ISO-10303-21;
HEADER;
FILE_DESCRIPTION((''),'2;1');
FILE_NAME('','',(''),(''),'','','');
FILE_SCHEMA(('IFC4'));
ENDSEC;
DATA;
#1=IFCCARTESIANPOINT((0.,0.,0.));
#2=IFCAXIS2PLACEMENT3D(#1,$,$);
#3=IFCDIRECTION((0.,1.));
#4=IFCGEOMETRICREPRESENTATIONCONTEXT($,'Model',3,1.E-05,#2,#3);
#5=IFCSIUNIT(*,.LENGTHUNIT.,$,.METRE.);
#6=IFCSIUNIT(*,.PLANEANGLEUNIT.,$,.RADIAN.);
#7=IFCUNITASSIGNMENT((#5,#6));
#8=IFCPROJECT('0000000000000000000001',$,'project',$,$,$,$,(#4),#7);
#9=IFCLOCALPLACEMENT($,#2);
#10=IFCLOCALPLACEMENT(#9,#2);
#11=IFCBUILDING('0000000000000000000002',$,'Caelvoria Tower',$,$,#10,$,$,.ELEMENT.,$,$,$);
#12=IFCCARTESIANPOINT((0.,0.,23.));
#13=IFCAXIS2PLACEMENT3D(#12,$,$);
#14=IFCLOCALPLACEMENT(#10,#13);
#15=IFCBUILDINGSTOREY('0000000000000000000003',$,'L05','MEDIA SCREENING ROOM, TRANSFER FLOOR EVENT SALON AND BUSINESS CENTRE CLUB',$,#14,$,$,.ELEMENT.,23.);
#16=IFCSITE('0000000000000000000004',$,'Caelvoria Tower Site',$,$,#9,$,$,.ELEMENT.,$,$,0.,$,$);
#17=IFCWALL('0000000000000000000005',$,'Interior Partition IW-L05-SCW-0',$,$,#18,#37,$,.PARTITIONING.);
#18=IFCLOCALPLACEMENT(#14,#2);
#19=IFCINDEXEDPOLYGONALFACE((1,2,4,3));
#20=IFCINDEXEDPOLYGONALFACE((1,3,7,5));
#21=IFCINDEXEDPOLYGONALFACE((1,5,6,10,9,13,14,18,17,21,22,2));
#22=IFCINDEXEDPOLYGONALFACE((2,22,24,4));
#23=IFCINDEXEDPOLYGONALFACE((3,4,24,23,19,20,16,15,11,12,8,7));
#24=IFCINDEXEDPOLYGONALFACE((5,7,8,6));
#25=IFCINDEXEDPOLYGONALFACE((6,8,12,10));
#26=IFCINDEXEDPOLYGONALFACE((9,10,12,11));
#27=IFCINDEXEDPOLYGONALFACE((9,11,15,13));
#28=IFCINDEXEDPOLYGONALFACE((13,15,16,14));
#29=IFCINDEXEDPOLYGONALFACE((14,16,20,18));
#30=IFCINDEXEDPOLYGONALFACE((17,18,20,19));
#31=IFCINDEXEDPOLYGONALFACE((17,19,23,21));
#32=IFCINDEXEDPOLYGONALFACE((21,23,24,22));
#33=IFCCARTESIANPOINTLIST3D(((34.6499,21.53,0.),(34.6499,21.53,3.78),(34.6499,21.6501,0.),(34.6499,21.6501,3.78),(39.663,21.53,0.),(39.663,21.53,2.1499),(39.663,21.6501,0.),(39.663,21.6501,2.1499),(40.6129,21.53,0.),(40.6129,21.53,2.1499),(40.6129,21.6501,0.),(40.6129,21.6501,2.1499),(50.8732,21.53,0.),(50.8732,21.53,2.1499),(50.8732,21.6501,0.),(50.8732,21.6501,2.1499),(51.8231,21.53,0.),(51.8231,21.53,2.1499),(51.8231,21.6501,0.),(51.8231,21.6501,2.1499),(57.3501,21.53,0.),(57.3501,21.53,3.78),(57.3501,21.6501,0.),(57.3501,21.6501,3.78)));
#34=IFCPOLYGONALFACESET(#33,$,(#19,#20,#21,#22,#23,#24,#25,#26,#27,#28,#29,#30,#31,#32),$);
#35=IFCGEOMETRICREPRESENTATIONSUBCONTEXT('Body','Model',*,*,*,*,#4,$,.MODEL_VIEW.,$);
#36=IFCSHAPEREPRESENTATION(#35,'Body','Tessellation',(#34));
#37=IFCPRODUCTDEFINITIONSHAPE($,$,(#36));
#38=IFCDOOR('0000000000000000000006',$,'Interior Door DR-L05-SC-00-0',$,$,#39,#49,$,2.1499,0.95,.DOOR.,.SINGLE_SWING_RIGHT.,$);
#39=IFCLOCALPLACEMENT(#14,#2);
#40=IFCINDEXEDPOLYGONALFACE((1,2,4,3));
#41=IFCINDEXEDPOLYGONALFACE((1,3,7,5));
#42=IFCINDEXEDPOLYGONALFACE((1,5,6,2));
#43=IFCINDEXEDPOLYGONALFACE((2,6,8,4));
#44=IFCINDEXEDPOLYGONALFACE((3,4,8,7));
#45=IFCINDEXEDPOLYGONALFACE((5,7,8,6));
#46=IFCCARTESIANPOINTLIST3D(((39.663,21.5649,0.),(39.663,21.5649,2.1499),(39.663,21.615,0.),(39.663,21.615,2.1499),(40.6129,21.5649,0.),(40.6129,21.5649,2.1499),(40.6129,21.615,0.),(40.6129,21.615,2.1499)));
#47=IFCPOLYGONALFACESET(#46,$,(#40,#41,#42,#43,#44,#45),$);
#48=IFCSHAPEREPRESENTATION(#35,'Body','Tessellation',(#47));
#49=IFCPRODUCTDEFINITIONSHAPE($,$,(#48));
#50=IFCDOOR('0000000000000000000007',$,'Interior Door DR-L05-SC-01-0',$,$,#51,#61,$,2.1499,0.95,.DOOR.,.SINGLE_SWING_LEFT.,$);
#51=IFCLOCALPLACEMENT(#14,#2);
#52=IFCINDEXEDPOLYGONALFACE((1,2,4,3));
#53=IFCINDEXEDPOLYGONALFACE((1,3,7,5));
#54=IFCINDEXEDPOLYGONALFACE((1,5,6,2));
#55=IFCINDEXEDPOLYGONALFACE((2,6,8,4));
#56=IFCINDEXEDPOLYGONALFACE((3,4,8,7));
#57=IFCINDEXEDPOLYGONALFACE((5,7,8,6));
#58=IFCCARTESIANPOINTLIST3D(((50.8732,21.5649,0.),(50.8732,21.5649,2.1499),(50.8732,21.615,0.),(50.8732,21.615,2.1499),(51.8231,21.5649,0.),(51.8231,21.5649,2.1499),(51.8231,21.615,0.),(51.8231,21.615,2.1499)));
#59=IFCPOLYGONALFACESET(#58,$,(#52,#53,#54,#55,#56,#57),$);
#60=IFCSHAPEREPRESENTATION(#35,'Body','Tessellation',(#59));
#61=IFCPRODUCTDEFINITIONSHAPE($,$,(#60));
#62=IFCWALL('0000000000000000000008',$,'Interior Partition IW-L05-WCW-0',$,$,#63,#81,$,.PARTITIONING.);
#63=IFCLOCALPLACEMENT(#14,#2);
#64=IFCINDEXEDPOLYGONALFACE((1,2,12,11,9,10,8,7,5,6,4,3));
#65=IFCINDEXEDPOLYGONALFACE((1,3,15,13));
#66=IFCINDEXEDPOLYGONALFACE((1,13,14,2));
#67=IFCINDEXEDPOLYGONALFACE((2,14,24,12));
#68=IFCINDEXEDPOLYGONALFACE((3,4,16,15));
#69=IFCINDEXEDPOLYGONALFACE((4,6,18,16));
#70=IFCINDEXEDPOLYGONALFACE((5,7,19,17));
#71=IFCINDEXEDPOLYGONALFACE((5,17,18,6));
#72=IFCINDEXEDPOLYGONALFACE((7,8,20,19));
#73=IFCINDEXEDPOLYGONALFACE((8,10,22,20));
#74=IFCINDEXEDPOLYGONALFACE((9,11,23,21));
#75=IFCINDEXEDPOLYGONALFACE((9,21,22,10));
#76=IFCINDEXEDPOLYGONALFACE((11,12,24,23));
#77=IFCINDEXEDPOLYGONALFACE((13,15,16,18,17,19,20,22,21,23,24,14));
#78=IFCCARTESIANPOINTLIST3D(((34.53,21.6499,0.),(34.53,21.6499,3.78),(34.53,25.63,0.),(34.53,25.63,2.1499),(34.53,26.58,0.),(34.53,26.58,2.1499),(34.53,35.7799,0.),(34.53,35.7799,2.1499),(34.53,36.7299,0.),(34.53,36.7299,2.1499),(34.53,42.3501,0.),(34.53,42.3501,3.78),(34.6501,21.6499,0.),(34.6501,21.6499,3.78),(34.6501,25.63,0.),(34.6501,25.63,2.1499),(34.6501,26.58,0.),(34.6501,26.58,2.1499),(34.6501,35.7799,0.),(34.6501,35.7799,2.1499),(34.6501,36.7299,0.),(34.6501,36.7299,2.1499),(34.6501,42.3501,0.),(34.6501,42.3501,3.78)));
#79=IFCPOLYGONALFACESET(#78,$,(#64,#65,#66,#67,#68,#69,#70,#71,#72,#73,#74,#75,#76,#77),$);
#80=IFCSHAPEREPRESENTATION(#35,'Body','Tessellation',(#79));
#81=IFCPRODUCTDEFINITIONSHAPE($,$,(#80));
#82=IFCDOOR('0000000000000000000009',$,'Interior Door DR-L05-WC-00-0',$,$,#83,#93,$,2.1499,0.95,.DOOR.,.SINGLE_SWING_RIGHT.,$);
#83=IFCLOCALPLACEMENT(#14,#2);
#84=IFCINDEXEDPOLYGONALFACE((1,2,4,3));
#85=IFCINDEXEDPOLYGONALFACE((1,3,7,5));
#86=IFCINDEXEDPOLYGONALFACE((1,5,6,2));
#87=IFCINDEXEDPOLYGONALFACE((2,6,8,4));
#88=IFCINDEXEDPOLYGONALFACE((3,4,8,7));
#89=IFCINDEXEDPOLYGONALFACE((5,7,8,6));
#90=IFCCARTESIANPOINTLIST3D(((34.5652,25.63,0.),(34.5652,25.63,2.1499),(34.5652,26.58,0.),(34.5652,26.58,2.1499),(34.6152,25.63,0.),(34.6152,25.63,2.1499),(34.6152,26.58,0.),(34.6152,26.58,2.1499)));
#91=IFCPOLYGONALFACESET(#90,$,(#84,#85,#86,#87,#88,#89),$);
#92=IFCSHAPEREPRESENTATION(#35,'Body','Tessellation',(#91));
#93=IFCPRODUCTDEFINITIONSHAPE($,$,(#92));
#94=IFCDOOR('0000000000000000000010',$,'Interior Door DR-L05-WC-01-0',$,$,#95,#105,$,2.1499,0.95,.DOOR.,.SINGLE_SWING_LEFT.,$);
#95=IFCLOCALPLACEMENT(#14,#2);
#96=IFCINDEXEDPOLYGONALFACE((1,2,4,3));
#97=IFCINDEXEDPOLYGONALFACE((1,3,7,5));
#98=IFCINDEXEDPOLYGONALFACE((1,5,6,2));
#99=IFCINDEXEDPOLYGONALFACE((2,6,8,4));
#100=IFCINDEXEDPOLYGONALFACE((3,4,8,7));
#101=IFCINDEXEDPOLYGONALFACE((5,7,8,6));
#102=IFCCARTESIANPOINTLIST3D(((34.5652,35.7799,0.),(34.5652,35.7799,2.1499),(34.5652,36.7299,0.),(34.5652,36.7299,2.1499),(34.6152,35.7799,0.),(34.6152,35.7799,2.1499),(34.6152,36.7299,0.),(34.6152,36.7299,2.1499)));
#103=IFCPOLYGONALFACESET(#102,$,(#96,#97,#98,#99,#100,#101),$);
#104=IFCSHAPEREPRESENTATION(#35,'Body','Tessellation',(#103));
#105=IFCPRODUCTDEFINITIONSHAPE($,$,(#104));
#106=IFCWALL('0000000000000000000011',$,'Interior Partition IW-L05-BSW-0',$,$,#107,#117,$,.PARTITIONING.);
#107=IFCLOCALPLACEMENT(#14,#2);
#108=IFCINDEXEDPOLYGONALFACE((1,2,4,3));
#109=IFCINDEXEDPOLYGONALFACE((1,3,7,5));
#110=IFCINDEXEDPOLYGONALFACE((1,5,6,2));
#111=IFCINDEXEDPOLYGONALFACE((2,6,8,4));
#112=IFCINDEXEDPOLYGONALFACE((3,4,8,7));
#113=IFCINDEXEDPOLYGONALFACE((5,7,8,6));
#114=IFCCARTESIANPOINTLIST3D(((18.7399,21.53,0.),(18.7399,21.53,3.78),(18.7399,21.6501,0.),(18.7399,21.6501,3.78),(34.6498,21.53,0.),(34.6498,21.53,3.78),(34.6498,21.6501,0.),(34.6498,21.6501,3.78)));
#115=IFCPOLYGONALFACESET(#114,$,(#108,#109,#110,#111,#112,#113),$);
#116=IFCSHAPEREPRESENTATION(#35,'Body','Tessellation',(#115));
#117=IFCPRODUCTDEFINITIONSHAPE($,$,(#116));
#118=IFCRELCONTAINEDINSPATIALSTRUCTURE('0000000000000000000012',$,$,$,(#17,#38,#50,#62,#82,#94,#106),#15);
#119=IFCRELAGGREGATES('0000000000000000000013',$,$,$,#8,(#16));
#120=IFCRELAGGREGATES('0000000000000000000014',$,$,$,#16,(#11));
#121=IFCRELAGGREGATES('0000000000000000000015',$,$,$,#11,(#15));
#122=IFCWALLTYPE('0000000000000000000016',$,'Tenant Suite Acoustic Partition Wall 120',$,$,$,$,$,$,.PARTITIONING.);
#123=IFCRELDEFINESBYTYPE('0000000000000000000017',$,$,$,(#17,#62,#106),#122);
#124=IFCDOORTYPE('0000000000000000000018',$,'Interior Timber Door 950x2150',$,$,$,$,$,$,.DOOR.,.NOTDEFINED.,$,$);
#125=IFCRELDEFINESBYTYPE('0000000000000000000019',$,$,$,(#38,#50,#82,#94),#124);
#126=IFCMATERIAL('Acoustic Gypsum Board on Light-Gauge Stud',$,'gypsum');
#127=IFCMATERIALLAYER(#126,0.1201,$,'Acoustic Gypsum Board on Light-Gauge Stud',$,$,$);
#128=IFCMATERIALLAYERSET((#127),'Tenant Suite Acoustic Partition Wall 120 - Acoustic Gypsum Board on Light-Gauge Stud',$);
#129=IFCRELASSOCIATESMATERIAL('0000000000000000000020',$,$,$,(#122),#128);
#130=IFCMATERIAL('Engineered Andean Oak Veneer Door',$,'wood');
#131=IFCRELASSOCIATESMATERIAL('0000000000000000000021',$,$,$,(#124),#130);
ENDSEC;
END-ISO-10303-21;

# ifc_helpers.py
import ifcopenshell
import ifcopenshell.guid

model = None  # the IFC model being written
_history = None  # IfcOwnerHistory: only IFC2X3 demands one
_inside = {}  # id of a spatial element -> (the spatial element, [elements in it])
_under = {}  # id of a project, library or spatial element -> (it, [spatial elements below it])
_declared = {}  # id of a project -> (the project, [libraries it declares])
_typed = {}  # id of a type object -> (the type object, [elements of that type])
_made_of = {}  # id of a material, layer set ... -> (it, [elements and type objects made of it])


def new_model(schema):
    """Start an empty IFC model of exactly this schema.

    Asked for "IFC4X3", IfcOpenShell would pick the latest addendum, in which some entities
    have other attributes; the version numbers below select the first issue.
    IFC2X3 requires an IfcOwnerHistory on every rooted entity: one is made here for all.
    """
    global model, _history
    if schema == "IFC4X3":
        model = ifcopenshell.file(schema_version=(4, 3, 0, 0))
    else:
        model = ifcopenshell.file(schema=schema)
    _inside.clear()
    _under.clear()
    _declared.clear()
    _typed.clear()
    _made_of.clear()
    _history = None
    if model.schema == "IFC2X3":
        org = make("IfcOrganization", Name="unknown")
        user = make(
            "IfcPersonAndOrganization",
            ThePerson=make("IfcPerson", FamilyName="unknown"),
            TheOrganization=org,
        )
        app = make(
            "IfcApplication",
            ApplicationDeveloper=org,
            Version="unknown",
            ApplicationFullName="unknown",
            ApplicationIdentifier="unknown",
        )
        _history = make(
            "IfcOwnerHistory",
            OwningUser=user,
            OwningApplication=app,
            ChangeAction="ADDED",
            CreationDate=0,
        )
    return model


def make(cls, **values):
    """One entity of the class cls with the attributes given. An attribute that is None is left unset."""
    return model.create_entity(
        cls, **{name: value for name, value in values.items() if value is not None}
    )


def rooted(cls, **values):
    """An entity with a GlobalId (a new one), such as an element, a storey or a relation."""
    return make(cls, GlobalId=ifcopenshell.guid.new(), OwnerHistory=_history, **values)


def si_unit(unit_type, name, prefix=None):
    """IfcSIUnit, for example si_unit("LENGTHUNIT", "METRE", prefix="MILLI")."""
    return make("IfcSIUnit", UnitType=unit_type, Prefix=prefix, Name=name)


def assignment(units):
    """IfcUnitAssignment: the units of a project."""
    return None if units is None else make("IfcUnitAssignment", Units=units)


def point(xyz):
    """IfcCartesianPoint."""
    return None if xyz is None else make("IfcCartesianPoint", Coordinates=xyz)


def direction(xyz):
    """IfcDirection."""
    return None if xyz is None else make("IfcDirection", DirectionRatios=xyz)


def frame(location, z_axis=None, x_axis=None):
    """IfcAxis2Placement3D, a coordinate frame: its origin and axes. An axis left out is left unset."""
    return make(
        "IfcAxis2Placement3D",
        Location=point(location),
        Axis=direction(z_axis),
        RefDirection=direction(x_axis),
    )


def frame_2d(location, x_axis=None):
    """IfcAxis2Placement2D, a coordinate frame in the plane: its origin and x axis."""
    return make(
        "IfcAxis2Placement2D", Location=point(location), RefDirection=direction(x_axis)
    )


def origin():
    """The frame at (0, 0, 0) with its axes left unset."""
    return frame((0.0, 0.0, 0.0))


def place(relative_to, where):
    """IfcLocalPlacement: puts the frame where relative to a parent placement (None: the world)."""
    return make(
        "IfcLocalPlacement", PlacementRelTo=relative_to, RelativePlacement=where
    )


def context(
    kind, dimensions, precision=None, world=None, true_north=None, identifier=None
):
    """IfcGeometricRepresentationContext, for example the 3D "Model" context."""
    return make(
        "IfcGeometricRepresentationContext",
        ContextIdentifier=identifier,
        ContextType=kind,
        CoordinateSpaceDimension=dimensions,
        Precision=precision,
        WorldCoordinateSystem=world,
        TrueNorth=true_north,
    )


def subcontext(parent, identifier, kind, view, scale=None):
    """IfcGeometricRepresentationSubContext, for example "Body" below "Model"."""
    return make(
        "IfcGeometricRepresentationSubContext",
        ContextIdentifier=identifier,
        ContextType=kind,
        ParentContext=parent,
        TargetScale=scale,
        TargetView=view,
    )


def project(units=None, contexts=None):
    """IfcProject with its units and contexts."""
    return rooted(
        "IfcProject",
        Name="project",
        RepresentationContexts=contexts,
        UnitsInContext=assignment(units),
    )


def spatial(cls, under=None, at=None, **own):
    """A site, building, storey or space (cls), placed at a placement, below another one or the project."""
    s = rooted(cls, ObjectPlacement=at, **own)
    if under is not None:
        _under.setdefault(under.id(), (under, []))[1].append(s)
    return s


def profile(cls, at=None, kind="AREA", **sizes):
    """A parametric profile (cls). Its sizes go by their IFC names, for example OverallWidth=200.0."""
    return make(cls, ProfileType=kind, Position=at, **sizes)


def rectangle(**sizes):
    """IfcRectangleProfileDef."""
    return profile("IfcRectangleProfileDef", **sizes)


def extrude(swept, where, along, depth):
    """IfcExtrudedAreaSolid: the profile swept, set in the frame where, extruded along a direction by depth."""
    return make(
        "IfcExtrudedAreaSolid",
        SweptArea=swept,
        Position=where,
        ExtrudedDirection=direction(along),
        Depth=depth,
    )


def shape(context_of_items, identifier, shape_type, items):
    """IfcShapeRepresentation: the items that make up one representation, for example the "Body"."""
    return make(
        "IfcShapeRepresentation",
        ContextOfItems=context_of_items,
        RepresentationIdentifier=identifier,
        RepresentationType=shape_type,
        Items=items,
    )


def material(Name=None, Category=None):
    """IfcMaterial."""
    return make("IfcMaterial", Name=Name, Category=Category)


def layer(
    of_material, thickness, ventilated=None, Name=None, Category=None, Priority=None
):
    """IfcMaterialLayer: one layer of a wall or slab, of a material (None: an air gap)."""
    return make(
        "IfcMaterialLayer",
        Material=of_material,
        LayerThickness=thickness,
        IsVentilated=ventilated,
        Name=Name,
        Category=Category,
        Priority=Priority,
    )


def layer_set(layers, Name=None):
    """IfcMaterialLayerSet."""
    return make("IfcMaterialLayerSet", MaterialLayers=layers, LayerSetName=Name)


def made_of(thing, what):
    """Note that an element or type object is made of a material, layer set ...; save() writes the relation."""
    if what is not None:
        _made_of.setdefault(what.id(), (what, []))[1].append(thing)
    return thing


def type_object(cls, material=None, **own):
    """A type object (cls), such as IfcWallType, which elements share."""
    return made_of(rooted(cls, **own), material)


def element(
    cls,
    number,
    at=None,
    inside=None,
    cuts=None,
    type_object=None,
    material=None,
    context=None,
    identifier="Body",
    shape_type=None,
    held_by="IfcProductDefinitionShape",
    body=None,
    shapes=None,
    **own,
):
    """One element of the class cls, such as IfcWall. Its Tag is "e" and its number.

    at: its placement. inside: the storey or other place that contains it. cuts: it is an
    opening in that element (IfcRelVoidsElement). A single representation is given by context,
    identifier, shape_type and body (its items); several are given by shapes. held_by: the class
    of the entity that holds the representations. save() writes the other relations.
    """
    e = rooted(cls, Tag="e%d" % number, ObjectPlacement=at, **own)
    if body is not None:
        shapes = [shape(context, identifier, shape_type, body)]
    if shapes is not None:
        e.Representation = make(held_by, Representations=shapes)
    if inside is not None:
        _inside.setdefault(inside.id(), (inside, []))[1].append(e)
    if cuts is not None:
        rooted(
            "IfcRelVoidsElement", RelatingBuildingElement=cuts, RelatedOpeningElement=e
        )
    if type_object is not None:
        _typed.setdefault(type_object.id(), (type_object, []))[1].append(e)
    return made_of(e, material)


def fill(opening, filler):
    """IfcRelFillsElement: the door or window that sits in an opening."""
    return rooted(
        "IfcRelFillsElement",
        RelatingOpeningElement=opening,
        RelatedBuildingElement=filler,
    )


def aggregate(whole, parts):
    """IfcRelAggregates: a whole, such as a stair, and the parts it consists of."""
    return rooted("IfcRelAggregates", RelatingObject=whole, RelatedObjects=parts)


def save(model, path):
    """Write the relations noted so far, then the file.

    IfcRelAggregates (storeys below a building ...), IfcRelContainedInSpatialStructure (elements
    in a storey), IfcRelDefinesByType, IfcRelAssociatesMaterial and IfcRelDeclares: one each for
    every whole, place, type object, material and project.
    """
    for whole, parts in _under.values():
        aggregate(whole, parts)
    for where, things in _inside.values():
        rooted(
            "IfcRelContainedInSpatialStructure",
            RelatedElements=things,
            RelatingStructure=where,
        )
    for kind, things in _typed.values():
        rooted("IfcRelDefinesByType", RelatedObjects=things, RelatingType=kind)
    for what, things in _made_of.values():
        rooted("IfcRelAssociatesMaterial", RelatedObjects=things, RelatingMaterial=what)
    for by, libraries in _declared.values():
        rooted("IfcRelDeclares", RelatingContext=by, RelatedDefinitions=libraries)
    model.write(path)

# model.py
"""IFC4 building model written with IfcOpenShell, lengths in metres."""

from ifc_helpers import new_model, si_unit, direction, frame, frame_2d, origin, place, context, subcontext, project, spatial, rectangle, extrude, material, layer, layer_set, type_object, element, fill, save


model = new_model("IFC4")

# Units and contexts
model_context = context("Model", 3, precision=1e-05, world=origin(), true_north=direction((0.0, 1.0)))
body_context = subcontext(model_context, "Body", "Model", "MODEL_VIEW")
ifc_project = project(units=[si_unit("LENGTHUNIT", "METRE"), si_unit("PLANEANGLEUNIT", "RADIAN")], contexts=[model_context])

# Site, building, storey
site_placement = place(None, origin())
site = spatial("IfcSite", under=ifc_project, at=site_placement, Name="Caelvoria Tower Site", CompositionType="ELEMENT", RefElevation=0.0)
building_placement = place(site_placement, origin())
building = spatial("IfcBuilding", under=site, at=building_placement, Name="Caelvoria Tower", CompositionType="ELEMENT")
storey_placement = place(building_placement, frame((0.0, 0.0, 23.0)))
storey = spatial("IfcBuildingStorey", under=building, at=storey_placement, Name="L05", Description="MEDIA SCREENING ROOM, TRANSFER FLOOR EVENT SALON AND BUSINESS CENTRE CLUB", CompositionType="ELEMENT", Elevation=23.0)

# Walls, openings, doors
ifc_material_1 = material(Name="Acoustic Gypsum Board on Light-Gauge Stud", Category="gypsum")
ifc_layer_1 = layer(ifc_material_1, 0.1201, Name="Acoustic Gypsum Board on Light-Gauge Stud")
ifc_layer_set_1 = layer_set([ifc_layer_1], Name="Tenant Suite Acoustic Partition Wall 120 - Acoustic Gypsum Board on Light-Gauge Stud")
wall_type_1 = type_object("IfcWallType", Name="Tenant Suite Acoustic Partition Wall 120", PredefinedType="PARTITIONING", material=ifc_layer_set_1)
wall_1_placement = place(storey_placement, frame((34.6499, 21.5901, 0.0), z_axis=(0.0, 0.0, 1.0), x_axis=(1.0, 0.0, 0.0)))
wall_1 = element("IfcWall", 1, at=wall_1_placement, inside=storey, type_object=wall_type_1, Name="Interior Partition IW-L05-SCW-0", PredefinedType="PARTITIONING", context=body_context, shape_type="SweptSolid", body=[
    extrude(rectangle(XDim=22.7002, YDim=0.1201, at=frame_2d((11.3501, 0.0))), origin(), (0.0, 0.0, 1.0), 3.78),
])
opening_1_placement = place(wall_1_placement, frame((5.0129, 0.0, 0.0)))
opening_1 = element("IfcOpeningElement", 2, at=opening_1_placement, cuts=wall_1, PredefinedType="OPENING", context=body_context, shape_type="SweptSolid", body=[
    extrude(rectangle(XDim=0.95, YDim=2.1499, at=frame_2d((0.4751, 1.075))), frame((0.0, 0.0701, 0.0), z_axis=(0.0, -1.0, 0.0), x_axis=(1.0, 0.0, 0.0)), (0.0, 0.0, 1.0), 0.1401),
])
opening_2_placement = place(wall_1_placement, frame((16.2231, 0.0, 0.0)))
opening_2 = element("IfcOpeningElement", 3, at=opening_2_placement, cuts=wall_1, PredefinedType="OPENING", context=body_context, shape_type="SweptSolid", body=[
    extrude(rectangle(XDim=0.95, YDim=2.1499, at=frame_2d((0.4751, 1.075))), frame((0.0, 0.0701, 0.0), z_axis=(0.0, -1.0, 0.0), x_axis=(1.0, 0.0, 0.0)), (0.0, 0.0, 1.0), 0.1401),
])
ifc_material_2 = material(Name="Engineered Andean Oak Veneer Door", Category="wood")
door_type_1 = type_object("IfcDoorType", Name="Interior Timber Door 950x2150", OperationType="NOTDEFINED", PredefinedType="DOOR", material=ifc_material_2)
door_1_placement = place(opening_1_placement, origin())
door_1 = element("IfcDoor", 4, at=door_1_placement, inside=storey, type_object=door_type_1, Name="Interior Door DR-L05-SC-00-0", OperationType="SINGLE_SWING_RIGHT", OverallHeight=2.1499, OverallWidth=0.95, PredefinedType="DOOR", context=body_context, shape_type="SweptSolid", body=[
    extrude(rectangle(XDim=0.95, YDim=2.1499, at=frame_2d((0.4751, 1.075))), frame((0.0, 0.0249, 0.0), z_axis=(0.0, -1.0, 0.0), x_axis=(1.0, 0.0, 0.0)), (0.0, 0.0, 1.0), 0.05),
])
fill(opening_1, door_1)
door_2_placement = place(opening_2_placement, origin())
door_2 = element("IfcDoor", 5, at=door_2_placement, inside=storey, type_object=door_type_1, Name="Interior Door DR-L05-SC-01-0", OperationType="SINGLE_SWING_LEFT", OverallHeight=2.1499, OverallWidth=0.95, PredefinedType="DOOR", context=body_context, shape_type="SweptSolid", body=[
    extrude(rectangle(XDim=0.95, YDim=2.1499, at=frame_2d((0.4751, 1.075))), frame((0.0, 0.0249, 0.0), z_axis=(0.0, -1.0, 0.0), x_axis=(1.0, 0.0, 0.0)), (0.0, 0.0, 1.0), 0.05),
])
fill(opening_2, door_2)
wall_2_placement = place(storey_placement, frame((34.5901, 21.6499, 0.0), z_axis=(0.0, 0.0, 1.0), x_axis=(0.0, 1.0, 0.0)))
wall_2 = element("IfcWall", 6, at=wall_2_placement, inside=storey, type_object=wall_type_1, Name="Interior Partition IW-L05-WCW-0", PredefinedType="PARTITIONING", context=body_context, shape_type="SweptSolid", body=[
    extrude(rectangle(XDim=20.7002, YDim=0.1201, at=frame_2d((10.3501, 0.0))), origin(), (0.0, 0.0, 1.0), 3.78),
])
opening_3_placement = place(wall_2_placement, frame((3.98, 0.0, 0.0)))
opening_3 = element("IfcOpeningElement", 7, at=opening_3_placement, cuts=wall_2, PredefinedType="OPENING", context=body_context, shape_type="SweptSolid", body=[
    extrude(rectangle(XDim=0.95, YDim=2.1499, at=frame_2d((0.4751, 1.075))), frame((0.0, 0.0701, 0.0), z_axis=(0.0, -1.0, 0.0), x_axis=(1.0, 0.0, 0.0)), (0.0, 0.0, 1.0), 0.1401),
])
opening_4_placement = place(wall_2_placement, frame((14.1299, 0.0, 0.0)))
opening_4 = element("IfcOpeningElement", 8, at=opening_4_placement, cuts=wall_2, PredefinedType="OPENING", context=body_context, shape_type="SweptSolid", body=[
    extrude(rectangle(XDim=0.95, YDim=2.1499, at=frame_2d((0.4751, 1.075))), frame((0.0, 0.0701, 0.0), z_axis=(0.0, -1.0, 0.0), x_axis=(1.0, 0.0, 0.0)), (0.0, 0.0, 1.0), 0.1401),
])
door_3_placement = place(opening_3_placement, origin())
door_3 = element("IfcDoor", 9, at=door_3_placement, inside=storey, type_object=door_type_1, Name="Interior Door DR-L05-WC-00-0", OperationType="SINGLE_SWING_RIGHT", OverallHeight=2.1499, OverallWidth=0.95, PredefinedType="DOOR", context=body_context, shape_type="SweptSolid", body=[
    extrude(rectangle(XDim=0.95, YDim=2.1499, at=frame_2d((0.4751, 1.075))), frame((0.0, 0.0249, 0.0), z_axis=(0.0, -1.0, 0.0), x_axis=(1.0, 0.0, 0.0)), (0.0, 0.0, 1.0), 0.05),
])
fill(opening_3, door_3)
door_4_placement = place(opening_4_placement, origin())
door_4 = element("IfcDoor", 10, at=door_4_placement, inside=storey, type_object=door_type_1, Name="Interior Door DR-L05-WC-01-0", OperationType="SINGLE_SWING_LEFT", OverallHeight=2.1499, OverallWidth=0.95, PredefinedType="DOOR", context=body_context, shape_type="SweptSolid", body=[
    extrude(rectangle(XDim=0.95, YDim=2.1499, at=frame_2d((0.4751, 1.075))), frame((0.0, 0.0249, 0.0), z_axis=(0.0, -1.0, 0.0), x_axis=(1.0, 0.0, 0.0)), (0.0, 0.0, 1.0), 0.05),
])
fill(opening_4, door_4)

# Wall
wall_3_placement = place(storey_placement, frame((34.6499, 21.5901, 0.0), z_axis=(0.0, 0.0, 1.0), x_axis=(-1.0, 0.0, 0.0)))
element("IfcWall", 11, at=wall_3_placement, inside=storey, type_object=wall_type_1, Name="Interior Partition IW-L05-BSW-0", PredefinedType="PARTITIONING", context=body_context, shape_type="SweptSolid", body=[
    extrude(rectangle(XDim=15.9099, YDim=0.1201, at=frame_2d((7.9551, 0.0))), origin(), (0.0, 0.0, 1.0), 3.78),
])

save(model, "model.ifc")
